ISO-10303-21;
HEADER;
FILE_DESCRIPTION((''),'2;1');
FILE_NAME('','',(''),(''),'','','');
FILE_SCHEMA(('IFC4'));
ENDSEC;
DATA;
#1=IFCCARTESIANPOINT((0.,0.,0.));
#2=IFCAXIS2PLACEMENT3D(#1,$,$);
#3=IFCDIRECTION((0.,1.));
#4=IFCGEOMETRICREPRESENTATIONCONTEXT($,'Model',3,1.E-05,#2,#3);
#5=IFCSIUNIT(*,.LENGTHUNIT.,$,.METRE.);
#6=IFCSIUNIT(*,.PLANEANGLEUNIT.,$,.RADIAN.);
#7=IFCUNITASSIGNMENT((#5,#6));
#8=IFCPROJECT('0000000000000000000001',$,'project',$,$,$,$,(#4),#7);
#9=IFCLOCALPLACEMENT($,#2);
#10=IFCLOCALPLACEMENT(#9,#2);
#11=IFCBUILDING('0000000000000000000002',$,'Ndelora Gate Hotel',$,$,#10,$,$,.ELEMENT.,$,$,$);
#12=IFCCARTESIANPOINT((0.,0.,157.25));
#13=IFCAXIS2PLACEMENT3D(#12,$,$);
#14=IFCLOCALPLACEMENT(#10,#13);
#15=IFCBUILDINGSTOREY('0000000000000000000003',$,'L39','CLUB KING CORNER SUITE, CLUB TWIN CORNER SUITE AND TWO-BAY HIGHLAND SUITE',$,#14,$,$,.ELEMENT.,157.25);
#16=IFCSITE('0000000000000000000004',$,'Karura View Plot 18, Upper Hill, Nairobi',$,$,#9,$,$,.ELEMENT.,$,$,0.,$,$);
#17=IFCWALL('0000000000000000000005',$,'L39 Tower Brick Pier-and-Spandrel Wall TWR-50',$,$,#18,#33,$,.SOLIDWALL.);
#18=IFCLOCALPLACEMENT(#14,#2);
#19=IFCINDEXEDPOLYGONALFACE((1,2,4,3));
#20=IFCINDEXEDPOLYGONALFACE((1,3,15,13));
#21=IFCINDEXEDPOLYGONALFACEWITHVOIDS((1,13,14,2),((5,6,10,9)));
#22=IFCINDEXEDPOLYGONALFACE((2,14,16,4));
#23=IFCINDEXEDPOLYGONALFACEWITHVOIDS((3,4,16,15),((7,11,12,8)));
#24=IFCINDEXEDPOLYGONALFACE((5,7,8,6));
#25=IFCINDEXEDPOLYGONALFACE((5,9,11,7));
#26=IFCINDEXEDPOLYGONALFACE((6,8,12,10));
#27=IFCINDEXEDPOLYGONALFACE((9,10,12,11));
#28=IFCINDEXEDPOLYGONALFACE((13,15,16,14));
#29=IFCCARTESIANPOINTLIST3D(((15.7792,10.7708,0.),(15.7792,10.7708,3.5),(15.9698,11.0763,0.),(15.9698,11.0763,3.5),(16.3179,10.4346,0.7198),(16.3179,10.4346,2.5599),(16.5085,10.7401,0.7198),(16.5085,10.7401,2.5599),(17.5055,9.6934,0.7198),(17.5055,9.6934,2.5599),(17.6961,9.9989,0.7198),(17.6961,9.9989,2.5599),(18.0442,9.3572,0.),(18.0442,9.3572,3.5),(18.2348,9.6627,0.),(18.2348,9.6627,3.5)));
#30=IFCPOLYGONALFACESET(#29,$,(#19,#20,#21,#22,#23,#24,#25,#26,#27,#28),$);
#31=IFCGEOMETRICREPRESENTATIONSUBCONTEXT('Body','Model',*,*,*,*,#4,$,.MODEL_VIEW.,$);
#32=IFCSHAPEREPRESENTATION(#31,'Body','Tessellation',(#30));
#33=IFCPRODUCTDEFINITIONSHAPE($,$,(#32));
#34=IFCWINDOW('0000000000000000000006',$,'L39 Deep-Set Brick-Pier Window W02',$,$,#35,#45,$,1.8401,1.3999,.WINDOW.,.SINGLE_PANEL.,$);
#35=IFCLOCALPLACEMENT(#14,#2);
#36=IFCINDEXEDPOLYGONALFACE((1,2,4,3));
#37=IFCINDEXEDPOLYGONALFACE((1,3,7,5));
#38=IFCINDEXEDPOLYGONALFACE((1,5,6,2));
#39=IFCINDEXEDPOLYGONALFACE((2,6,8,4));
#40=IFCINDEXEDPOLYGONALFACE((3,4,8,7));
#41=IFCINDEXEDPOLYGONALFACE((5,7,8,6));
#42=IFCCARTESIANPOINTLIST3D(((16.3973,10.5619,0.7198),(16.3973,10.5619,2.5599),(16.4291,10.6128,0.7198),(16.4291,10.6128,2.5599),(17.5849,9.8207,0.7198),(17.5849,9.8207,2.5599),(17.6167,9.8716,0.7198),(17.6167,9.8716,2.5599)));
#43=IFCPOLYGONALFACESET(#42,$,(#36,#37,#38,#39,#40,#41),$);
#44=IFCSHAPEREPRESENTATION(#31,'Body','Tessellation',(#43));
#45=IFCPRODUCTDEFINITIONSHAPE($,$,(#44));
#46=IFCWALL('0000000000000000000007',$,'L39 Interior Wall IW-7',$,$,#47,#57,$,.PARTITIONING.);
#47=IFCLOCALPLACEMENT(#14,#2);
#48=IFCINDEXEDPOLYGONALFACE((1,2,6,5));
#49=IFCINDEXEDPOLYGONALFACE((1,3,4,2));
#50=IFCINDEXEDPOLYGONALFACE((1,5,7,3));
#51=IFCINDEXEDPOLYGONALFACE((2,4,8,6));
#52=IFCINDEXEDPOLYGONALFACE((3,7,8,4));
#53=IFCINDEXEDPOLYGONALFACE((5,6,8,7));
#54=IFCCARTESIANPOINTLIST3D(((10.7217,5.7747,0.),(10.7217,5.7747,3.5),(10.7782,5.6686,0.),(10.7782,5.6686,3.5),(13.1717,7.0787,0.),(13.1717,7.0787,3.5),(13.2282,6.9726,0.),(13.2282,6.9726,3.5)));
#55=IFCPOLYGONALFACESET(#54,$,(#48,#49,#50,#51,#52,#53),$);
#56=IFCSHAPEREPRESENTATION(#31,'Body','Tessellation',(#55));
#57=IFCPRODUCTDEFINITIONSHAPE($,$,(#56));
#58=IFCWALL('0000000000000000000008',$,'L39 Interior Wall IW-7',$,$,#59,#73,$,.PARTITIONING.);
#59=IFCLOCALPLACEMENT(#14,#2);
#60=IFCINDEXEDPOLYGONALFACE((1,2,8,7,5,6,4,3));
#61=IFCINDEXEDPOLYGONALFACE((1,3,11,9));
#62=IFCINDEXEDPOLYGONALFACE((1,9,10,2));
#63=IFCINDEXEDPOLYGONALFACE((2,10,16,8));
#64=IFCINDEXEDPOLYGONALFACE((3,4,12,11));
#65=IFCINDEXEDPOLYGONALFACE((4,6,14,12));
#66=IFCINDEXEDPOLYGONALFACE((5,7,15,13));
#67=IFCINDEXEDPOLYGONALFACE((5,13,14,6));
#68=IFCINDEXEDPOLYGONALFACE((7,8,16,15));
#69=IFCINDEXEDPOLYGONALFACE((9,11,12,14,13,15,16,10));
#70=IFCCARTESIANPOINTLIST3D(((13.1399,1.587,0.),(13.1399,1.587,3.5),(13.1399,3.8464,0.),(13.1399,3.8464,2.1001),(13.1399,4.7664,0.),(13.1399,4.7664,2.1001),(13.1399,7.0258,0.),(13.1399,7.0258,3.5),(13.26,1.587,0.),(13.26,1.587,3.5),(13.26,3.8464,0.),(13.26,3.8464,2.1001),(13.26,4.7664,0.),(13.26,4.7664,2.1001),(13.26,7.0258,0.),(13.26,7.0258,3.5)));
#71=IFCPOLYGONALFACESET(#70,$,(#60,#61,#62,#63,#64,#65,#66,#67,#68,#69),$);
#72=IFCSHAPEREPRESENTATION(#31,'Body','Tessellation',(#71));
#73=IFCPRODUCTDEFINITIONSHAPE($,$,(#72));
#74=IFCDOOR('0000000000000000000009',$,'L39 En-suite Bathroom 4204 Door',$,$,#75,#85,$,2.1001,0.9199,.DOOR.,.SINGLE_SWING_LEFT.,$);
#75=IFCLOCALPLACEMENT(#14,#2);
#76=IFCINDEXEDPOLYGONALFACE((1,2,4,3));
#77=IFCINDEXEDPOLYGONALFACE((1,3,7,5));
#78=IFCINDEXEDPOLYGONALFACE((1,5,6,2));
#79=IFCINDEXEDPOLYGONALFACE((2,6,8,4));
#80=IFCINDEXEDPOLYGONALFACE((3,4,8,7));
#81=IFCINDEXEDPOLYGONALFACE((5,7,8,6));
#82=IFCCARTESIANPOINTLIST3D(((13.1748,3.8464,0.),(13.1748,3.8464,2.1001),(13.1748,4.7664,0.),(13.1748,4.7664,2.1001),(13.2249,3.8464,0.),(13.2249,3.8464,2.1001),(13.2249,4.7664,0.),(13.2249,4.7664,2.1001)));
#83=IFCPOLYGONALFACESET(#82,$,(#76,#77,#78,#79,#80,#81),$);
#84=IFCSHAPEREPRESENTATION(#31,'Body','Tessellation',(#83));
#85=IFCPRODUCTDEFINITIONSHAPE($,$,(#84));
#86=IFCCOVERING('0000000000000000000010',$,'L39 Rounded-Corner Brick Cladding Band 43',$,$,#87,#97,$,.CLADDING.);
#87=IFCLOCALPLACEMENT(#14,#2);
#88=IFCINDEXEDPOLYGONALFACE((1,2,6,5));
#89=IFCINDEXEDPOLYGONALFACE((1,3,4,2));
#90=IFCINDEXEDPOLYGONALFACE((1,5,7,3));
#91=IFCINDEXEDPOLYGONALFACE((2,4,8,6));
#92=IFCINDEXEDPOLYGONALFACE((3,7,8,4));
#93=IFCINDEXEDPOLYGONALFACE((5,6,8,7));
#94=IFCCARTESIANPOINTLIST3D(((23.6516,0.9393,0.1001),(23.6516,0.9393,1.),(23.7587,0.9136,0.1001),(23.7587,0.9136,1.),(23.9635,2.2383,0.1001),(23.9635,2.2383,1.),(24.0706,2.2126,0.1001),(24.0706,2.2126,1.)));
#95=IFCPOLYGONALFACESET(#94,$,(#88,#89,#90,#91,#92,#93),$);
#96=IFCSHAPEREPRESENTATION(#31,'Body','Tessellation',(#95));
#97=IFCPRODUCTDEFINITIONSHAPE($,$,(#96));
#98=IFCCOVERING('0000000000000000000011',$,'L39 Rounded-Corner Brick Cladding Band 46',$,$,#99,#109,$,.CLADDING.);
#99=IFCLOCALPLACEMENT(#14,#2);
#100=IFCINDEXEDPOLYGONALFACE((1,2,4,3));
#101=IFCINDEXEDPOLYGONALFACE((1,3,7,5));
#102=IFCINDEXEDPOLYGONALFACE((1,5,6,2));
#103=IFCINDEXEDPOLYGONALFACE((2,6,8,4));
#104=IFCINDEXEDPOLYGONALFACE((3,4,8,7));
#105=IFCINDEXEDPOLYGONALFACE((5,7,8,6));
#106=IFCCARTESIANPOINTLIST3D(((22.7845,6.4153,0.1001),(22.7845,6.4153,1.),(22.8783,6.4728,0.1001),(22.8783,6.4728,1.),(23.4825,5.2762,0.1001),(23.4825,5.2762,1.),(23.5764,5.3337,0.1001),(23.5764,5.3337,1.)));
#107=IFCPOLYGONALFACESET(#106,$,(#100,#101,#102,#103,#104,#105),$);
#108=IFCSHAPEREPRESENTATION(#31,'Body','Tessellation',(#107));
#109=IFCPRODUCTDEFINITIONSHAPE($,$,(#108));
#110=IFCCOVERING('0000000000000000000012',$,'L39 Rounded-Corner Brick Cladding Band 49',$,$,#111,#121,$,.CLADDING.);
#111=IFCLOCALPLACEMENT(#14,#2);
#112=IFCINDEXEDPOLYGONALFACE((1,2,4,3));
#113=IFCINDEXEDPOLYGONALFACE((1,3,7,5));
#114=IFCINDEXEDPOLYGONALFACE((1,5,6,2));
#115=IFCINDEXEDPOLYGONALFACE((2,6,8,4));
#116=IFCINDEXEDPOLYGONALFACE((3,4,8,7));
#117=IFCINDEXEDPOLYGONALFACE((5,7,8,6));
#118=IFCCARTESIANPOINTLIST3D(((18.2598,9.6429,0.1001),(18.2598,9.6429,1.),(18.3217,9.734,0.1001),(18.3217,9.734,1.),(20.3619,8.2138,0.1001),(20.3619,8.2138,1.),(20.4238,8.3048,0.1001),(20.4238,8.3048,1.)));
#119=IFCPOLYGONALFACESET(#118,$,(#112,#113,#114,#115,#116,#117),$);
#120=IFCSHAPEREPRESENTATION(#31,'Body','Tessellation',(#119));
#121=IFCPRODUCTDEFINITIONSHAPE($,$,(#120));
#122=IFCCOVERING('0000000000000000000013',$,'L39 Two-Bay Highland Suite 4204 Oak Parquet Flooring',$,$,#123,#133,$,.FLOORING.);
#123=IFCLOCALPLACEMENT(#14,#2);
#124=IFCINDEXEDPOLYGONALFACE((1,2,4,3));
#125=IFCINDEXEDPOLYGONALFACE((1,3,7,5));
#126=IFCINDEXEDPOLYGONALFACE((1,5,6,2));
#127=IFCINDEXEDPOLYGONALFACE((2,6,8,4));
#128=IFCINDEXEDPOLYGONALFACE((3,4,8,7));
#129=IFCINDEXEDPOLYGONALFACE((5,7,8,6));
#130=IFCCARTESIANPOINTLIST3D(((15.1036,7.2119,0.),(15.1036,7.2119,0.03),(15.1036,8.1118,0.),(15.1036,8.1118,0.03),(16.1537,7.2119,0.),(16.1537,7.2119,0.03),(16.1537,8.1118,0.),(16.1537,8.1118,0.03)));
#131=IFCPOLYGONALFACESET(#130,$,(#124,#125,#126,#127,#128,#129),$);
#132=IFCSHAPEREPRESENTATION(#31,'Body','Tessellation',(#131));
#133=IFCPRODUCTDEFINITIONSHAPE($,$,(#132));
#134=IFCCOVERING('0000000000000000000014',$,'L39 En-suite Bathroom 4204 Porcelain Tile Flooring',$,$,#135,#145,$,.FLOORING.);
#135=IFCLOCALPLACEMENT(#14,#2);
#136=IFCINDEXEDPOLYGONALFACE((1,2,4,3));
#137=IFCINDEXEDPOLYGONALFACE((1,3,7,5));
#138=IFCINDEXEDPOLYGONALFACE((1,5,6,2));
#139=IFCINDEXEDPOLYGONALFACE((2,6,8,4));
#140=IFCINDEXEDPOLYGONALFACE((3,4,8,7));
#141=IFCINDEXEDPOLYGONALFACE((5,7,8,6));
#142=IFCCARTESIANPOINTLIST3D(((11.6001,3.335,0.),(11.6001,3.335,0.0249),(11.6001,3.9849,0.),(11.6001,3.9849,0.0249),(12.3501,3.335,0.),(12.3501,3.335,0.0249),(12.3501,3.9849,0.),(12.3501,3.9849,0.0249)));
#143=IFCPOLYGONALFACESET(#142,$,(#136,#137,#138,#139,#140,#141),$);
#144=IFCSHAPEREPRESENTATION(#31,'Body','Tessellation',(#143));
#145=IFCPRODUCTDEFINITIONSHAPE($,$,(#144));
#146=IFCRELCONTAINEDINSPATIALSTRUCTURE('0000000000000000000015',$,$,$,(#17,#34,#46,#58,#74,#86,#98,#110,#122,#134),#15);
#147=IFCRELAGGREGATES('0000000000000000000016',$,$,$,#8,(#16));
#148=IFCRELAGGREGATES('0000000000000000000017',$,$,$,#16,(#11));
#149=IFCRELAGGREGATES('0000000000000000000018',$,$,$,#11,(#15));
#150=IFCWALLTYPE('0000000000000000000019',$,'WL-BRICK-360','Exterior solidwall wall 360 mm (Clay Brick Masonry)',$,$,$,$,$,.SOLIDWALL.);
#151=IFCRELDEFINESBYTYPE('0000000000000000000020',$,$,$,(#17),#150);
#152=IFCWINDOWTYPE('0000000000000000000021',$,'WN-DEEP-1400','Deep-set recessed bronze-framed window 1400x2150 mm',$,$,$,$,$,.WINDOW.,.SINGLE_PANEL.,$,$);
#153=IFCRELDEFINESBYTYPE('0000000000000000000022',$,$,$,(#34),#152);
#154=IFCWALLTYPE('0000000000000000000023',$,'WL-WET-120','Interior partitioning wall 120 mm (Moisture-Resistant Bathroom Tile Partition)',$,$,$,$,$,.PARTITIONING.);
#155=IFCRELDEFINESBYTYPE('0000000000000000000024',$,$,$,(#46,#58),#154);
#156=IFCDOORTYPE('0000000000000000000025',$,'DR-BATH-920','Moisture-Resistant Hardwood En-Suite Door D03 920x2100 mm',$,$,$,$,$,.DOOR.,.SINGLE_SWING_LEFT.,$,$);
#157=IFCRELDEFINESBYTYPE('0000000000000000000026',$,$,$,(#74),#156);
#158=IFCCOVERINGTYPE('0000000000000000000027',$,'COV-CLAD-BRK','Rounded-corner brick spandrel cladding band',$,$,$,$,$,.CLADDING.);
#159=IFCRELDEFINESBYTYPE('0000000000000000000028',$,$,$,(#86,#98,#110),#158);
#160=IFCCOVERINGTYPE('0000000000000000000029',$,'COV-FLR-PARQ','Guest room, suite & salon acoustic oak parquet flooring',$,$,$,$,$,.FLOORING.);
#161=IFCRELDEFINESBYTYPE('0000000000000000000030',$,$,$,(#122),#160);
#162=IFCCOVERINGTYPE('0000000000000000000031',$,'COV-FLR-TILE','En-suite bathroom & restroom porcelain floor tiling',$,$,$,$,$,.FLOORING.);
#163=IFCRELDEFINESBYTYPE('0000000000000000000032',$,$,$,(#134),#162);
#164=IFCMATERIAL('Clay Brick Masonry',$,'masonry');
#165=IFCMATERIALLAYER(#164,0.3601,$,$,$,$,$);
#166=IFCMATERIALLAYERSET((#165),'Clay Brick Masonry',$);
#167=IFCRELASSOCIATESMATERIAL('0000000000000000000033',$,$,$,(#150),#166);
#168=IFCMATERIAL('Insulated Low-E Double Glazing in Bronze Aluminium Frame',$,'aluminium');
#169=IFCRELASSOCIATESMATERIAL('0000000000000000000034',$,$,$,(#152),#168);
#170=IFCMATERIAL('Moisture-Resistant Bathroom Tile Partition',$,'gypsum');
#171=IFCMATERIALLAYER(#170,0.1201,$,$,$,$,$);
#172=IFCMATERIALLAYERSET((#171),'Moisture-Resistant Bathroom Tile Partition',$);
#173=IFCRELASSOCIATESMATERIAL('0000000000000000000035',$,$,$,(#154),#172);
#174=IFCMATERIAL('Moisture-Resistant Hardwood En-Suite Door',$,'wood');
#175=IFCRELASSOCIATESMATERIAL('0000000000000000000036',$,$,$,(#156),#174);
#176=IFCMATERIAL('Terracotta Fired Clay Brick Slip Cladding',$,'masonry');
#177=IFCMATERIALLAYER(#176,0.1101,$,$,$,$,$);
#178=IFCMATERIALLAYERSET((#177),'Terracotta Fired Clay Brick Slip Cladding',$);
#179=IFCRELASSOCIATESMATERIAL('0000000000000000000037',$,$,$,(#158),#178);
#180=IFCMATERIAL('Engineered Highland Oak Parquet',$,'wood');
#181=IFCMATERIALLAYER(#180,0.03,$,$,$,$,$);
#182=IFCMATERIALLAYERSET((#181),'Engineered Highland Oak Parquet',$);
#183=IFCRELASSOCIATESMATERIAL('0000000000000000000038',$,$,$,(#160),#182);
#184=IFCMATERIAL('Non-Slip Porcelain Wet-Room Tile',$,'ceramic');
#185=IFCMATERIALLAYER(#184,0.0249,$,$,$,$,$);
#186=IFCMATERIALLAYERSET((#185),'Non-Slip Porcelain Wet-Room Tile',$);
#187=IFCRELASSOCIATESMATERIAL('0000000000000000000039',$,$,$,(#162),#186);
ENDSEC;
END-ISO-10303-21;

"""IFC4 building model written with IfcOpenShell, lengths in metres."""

from ifc_helpers import new_model, si_unit, direction, frame, frame_2d, origin, origin_2d, place, context, subcontext, project, spatial, rectangle, extrude, material, layer, layer_set, type_object, element, fill, save


model = new_model("IFC4")

# Units and contexts
model_context = context("Model", 3, precision=1e-05, world=origin(), true_north=direction((0.0, 1.0)))
body_context = subcontext(model_context, "Body", "Model", "MODEL_VIEW")
ifc_project = project(units=[si_unit("LENGTHUNIT", "METRE"), si_unit("PLANEANGLEUNIT", "RADIAN")], contexts=[model_context])

# Site, building, storey
site_placement = place(None, origin())
site = spatial("IfcSite", under=ifc_project, at=site_placement, Name="Karura View Plot 18, Upper Hill, Nairobi", CompositionType="ELEMENT", RefElevation=0.0)
building_placement = place(site_placement, origin())
building = spatial("IfcBuilding", under=site, at=building_placement, Name="Ndelora Gate Hotel", CompositionType="ELEMENT")
storey_placement = place(building_placement, frame((0.0, 0.0, 157.25)))
storey = spatial("IfcBuildingStorey", under=building, at=storey_placement, Name="L39", Description="CLUB KING CORNER SUITE, CLUB TWIN CORNER SUITE AND TWO-BAY HIGHLAND SUITE", CompositionType="ELEMENT", Elevation=157.25)

# Shared definitions
ifc_material_1 = material(Name="Clay Brick Masonry", Category="masonry")
ifc_layer_1 = layer(ifc_material_1, 0.3601)
ifc_layer_set_1 = layer_set([ifc_layer_1], Name="Clay Brick Masonry")
wall_type_1 = type_object("IfcWallType", Name="WL-BRICK-360", Description="Exterior solidwall wall 360 mm (Clay Brick Masonry)", PredefinedType="SOLIDWALL", material=ifc_layer_set_1)

# Wall, opening, window
ifc_material_2 = material(Name="Insulated Low-E Double Glazing in Bronze Aluminium Frame", Category="aluminium")
window_type = type_object("IfcWindowType", Name="WN-DEEP-1400", Description="Deep-set recessed bronze-framed window 1400x2150 mm", PartitioningType="SINGLE_PANEL", PredefinedType="WINDOW", material=ifc_material_2)
wall_1_placement = place(storey_placement, frame((15.8745, 10.9236, 0.0), z_axis=(0.0, 0.0, 1.0), x_axis=(0.848332, -0.529465, 0.0)))
wall_1 = element("IfcWall", 1, at=wall_1_placement, inside=storey, type_object=wall_type_1, Name="L39 Tower Brick Pier-and-Spandrel Wall TWR-50", PredefinedType="SOLIDWALL", context=body_context, shape_type="SweptSolid", body=[
    extrude(rectangle(XDim=2.6699, YDim=0.3601, at=frame_2d((1.335, 0.0))), origin(), (0.0, 0.0, 1.0), 3.5),
])
opening_1_placement = place(wall_1_placement, frame((0.635, 0.0, 0.72)))
opening_1 = element("IfcOpeningElement", 2, at=opening_1_placement, cuts=wall_1, PredefinedType="OPENING", context=body_context, shape_type="SweptSolid", body=[
    extrude(rectangle(XDim=1.3999, YDim=1.8401, at=frame_2d((0.7, 0.9199))), frame((0.0, 0.1899, 0.0), z_axis=(0.0, -1.0, 0.0), x_axis=(1.0, 0.0, 0.0)), (0.0, 0.0, 1.0), 0.3801),
])
window_1_placement = place(opening_1_placement, origin())
window_1 = element("IfcWindow", 3, at=window_1_placement, inside=storey, type_object=window_type, Name="L39 Deep-Set Brick-Pier Window W02", OverallHeight=1.8401, OverallWidth=1.3999, PartitioningType="SINGLE_PANEL", PredefinedType="WINDOW", context=body_context, shape_type="SweptSolid", body=[
    extrude(rectangle(XDim=1.3999, YDim=1.8401, at=frame_2d((0.7, 0.9199))), frame((0.0, 0.03, 0.0), z_axis=(0.0, -1.0, 0.0), x_axis=(1.0, 0.0, 0.0)), (0.0, 0.0, 1.0), 0.0601),
])
fill(opening_1, window_1)

# Wall
ifc_material_3 = material(Name="Moisture-Resistant Bathroom Tile Partition", Category="gypsum")
ifc_layer_2 = layer(ifc_material_3, 0.1201)
ifc_layer_set_2 = layer_set([ifc_layer_2], Name="Moisture-Resistant Bathroom Tile Partition")
wall_type_2 = type_object("IfcWallType", Name="WL-WET-120", Description="Interior partitioning wall 120 mm (Moisture-Resistant Bathroom Tile Partition)", PredefinedType="PARTITIONING", material=ifc_layer_set_2)
wall_2_placement = place(storey_placement, frame((13.2, 7.0256, 0.0), z_axis=(0.0, 0.0, 1.0), x_axis=(-0.882754, -0.469835, 0.0)))
element("IfcWall", 4, at=wall_2_placement, inside=storey, type_object=wall_type_2, Name="L39 Interior Wall IW-7", PredefinedType="PARTITIONING", context=body_context, shape_type="SweptSolid", body=[
    extrude(rectangle(XDim=2.7754, YDim=0.1201, at=frame_2d((1.3877, 0.0))), origin(), (0.0, 0.0, 1.0), 3.5),
])

# Wall, opening, door
wall_3_placement = place(storey_placement, frame((13.2, 7.0256, 0.0), z_axis=(0.0, 0.0, 1.0), x_axis=(0.0, -1.0, 0.0)))
wall_3 = element("IfcWall", 5, at=wall_3_placement, inside=storey, type_object=wall_type_2, Name="L39 Interior Wall IW-7", PredefinedType="PARTITIONING", context=body_context, shape_type="SweptSolid", body=[
    extrude(rectangle(XDim=5.4387, YDim=0.1201, at=frame_2d((2.7192, 0.0))), origin(), (0.0, 0.0, 1.0), 3.5),
])
opening_2_placement = place(wall_3_placement, frame((2.2593, 0.0, 0.0)))
opening_2 = element("IfcOpeningElement", 6, at=opening_2_placement, cuts=wall_3, PredefinedType="OPENING", context=body_context, shape_type="SweptSolid", body=[
    extrude(rectangle(XDim=0.9199, YDim=2.1001, at=frame_2d((0.46, 1.05))), frame((0.0, 0.0701, 0.0), z_axis=(0.0, -1.0, 0.0), x_axis=(1.0, 0.0, 0.0)), (0.0, 0.0, 1.0), 0.1401),
])
ifc_material_4 = material(Name="Moisture-Resistant Hardwood En-Suite Door", Category="wood")
door_type = type_object("IfcDoorType", Name="DR-BATH-920", Description="Moisture-Resistant Hardwood En-Suite Door D03 920x2100 mm", OperationType="SINGLE_SWING_LEFT", PredefinedType="DOOR", material=ifc_material_4)
door_placement = place(opening_2_placement, origin())
door = element("IfcDoor", 7, at=door_placement, inside=storey, type_object=door_type, Name="L39 En-suite Bathroom 4204 Door", OperationType="SINGLE_SWING_LEFT", OverallHeight=2.1001, OverallWidth=0.9199, PredefinedType="DOOR", context=body_context, shape_type="SweptSolid", body=[
    extrude(rectangle(XDim=0.9199, YDim=2.1001, at=frame_2d((0.46, 1.05))), frame((0.0, 0.0249, 0.0), z_axis=(0.0, -1.0, 0.0), x_axis=(1.0, 0.0, 0.0)), (0.0, 0.0, 1.0), 0.05),
])
fill(opening_2, door)

# Coverings
ifc_material_5 = material(Name="Terracotta Fired Clay Brick Slip Cladding", Category="masonry")
ifc_layer_3 = layer(ifc_material_5, 0.1101)
ifc_layer_set_3 = layer_set([ifc_layer_3], Name="Terracotta Fired Clay Brick Slip Cladding")
covering_type_1 = type_object("IfcCoveringType", Name="COV-CLAD-BRK", Description="Rounded-corner brick spandrel cladding band", PredefinedType="CLADDING", material=ifc_layer_set_3)
for number, where, z_axis, x_axis, name in (
    (8, (23.8611, 1.5759, 0.1001), (0.0, 0.0, 1.0), (0.233445, 0.97237, 0.0), "L39 Rounded-Corner Brick Cladding Band 43"),
    (9, (23.1804, 5.8745, 0.1001), (0.0, 0.0, 1.0), (-0.522499, 0.85264, 0.0), "L39 Rounded-Corner Brick Cladding Band 46"),
):
    element("IfcCovering", number, at=place(storey_placement, frame(where, z_axis=z_axis, x_axis=x_axis)), inside=storey, type_object=covering_type_1, Name=name, PredefinedType="CLADDING", context=body_context, shape_type="SweptSolid", body=[
        extrude(rectangle(XDim=1.3359, YDim=0.1101, at=origin_2d()), origin(), (0.0, 0.0, 1.0), 0.8999),
    ])
covering_1_placement = place(storey_placement, frame((19.3418, 8.9739, 0.1001), z_axis=(0.0, 0.0, 1.0), x_axis=(-0.826982, 0.562228, 0.0)))
element("IfcCovering", 10, at=covering_1_placement, inside=storey, type_object=covering_type_1, Name="L39 Rounded-Corner Brick Cladding Band 49", PredefinedType="CLADDING", context=body_context, shape_type="SweptSolid", body=[
    extrude(rectangle(XDim=2.542, YDim=0.1101, at=origin_2d()), origin(), (0.0, 0.0, 1.0), 0.8999),
])
ifc_material_6 = material(Name="Engineered Highland Oak Parquet", Category="wood")
ifc_layer_4 = layer(ifc_material_6, 0.03)
ifc_layer_set_4 = layer_set([ifc_layer_4], Name="Engineered Highland Oak Parquet")
covering_type_2 = type_object("IfcCoveringType", Name="COV-FLR-PARQ", Description="Guest room, suite & salon acoustic oak parquet flooring", PredefinedType="FLOORING", material=ifc_layer_set_4)
covering_2_placement = place(storey_placement, frame((15.6287, 7.6619, 0.0), z_axis=(0.0, 0.0, 1.0), x_axis=(1.0, 0.0, 0.0)))
element("IfcCovering", 11, at=covering_2_placement, inside=storey, type_object=covering_type_2, Name="L39 Two-Bay Highland Suite 4204 Oak Parquet Flooring", PredefinedType="FLOORING", context=body_context, shape_type="SweptSolid", body=[
    extrude(rectangle(XDim=1.05, YDim=0.8999, at=origin_2d()), origin(), (0.0, 0.0, 1.0), 0.03),
])
ifc_material_7 = material(Name="Non-Slip Porcelain Wet-Room Tile", Category="ceramic")
ifc_layer_5 = layer(ifc_material_7, 0.0249)
ifc_layer_set_5 = layer_set([ifc_layer_5], Name="Non-Slip Porcelain Wet-Room Tile")
covering_type_3 = type_object("IfcCoveringType", Name="COV-FLR-TILE", Description="En-suite bathroom & restroom porcelain floor tiling", PredefinedType="FLOORING", material=ifc_layer_set_5)
covering_3_placement = place(storey_placement, frame((11.9751, 3.6599, 0.0), z_axis=(0.0, 0.0, 1.0), x_axis=(1.0, 0.0, 0.0)))
element("IfcCovering", 12, at=covering_3_placement, inside=storey, type_object=covering_type_3, Name="L39 En-suite Bathroom 4204 Porcelain Tile Flooring", PredefinedType="FLOORING", context=body_context, shape_type="SweptSolid", body=[
    extrude(rectangle(XDim=0.75, YDim=0.6499, at=origin_2d()), origin(), (0.0, 0.0, 1.0), 0.0249),
])

save(model, "model.ifc")
